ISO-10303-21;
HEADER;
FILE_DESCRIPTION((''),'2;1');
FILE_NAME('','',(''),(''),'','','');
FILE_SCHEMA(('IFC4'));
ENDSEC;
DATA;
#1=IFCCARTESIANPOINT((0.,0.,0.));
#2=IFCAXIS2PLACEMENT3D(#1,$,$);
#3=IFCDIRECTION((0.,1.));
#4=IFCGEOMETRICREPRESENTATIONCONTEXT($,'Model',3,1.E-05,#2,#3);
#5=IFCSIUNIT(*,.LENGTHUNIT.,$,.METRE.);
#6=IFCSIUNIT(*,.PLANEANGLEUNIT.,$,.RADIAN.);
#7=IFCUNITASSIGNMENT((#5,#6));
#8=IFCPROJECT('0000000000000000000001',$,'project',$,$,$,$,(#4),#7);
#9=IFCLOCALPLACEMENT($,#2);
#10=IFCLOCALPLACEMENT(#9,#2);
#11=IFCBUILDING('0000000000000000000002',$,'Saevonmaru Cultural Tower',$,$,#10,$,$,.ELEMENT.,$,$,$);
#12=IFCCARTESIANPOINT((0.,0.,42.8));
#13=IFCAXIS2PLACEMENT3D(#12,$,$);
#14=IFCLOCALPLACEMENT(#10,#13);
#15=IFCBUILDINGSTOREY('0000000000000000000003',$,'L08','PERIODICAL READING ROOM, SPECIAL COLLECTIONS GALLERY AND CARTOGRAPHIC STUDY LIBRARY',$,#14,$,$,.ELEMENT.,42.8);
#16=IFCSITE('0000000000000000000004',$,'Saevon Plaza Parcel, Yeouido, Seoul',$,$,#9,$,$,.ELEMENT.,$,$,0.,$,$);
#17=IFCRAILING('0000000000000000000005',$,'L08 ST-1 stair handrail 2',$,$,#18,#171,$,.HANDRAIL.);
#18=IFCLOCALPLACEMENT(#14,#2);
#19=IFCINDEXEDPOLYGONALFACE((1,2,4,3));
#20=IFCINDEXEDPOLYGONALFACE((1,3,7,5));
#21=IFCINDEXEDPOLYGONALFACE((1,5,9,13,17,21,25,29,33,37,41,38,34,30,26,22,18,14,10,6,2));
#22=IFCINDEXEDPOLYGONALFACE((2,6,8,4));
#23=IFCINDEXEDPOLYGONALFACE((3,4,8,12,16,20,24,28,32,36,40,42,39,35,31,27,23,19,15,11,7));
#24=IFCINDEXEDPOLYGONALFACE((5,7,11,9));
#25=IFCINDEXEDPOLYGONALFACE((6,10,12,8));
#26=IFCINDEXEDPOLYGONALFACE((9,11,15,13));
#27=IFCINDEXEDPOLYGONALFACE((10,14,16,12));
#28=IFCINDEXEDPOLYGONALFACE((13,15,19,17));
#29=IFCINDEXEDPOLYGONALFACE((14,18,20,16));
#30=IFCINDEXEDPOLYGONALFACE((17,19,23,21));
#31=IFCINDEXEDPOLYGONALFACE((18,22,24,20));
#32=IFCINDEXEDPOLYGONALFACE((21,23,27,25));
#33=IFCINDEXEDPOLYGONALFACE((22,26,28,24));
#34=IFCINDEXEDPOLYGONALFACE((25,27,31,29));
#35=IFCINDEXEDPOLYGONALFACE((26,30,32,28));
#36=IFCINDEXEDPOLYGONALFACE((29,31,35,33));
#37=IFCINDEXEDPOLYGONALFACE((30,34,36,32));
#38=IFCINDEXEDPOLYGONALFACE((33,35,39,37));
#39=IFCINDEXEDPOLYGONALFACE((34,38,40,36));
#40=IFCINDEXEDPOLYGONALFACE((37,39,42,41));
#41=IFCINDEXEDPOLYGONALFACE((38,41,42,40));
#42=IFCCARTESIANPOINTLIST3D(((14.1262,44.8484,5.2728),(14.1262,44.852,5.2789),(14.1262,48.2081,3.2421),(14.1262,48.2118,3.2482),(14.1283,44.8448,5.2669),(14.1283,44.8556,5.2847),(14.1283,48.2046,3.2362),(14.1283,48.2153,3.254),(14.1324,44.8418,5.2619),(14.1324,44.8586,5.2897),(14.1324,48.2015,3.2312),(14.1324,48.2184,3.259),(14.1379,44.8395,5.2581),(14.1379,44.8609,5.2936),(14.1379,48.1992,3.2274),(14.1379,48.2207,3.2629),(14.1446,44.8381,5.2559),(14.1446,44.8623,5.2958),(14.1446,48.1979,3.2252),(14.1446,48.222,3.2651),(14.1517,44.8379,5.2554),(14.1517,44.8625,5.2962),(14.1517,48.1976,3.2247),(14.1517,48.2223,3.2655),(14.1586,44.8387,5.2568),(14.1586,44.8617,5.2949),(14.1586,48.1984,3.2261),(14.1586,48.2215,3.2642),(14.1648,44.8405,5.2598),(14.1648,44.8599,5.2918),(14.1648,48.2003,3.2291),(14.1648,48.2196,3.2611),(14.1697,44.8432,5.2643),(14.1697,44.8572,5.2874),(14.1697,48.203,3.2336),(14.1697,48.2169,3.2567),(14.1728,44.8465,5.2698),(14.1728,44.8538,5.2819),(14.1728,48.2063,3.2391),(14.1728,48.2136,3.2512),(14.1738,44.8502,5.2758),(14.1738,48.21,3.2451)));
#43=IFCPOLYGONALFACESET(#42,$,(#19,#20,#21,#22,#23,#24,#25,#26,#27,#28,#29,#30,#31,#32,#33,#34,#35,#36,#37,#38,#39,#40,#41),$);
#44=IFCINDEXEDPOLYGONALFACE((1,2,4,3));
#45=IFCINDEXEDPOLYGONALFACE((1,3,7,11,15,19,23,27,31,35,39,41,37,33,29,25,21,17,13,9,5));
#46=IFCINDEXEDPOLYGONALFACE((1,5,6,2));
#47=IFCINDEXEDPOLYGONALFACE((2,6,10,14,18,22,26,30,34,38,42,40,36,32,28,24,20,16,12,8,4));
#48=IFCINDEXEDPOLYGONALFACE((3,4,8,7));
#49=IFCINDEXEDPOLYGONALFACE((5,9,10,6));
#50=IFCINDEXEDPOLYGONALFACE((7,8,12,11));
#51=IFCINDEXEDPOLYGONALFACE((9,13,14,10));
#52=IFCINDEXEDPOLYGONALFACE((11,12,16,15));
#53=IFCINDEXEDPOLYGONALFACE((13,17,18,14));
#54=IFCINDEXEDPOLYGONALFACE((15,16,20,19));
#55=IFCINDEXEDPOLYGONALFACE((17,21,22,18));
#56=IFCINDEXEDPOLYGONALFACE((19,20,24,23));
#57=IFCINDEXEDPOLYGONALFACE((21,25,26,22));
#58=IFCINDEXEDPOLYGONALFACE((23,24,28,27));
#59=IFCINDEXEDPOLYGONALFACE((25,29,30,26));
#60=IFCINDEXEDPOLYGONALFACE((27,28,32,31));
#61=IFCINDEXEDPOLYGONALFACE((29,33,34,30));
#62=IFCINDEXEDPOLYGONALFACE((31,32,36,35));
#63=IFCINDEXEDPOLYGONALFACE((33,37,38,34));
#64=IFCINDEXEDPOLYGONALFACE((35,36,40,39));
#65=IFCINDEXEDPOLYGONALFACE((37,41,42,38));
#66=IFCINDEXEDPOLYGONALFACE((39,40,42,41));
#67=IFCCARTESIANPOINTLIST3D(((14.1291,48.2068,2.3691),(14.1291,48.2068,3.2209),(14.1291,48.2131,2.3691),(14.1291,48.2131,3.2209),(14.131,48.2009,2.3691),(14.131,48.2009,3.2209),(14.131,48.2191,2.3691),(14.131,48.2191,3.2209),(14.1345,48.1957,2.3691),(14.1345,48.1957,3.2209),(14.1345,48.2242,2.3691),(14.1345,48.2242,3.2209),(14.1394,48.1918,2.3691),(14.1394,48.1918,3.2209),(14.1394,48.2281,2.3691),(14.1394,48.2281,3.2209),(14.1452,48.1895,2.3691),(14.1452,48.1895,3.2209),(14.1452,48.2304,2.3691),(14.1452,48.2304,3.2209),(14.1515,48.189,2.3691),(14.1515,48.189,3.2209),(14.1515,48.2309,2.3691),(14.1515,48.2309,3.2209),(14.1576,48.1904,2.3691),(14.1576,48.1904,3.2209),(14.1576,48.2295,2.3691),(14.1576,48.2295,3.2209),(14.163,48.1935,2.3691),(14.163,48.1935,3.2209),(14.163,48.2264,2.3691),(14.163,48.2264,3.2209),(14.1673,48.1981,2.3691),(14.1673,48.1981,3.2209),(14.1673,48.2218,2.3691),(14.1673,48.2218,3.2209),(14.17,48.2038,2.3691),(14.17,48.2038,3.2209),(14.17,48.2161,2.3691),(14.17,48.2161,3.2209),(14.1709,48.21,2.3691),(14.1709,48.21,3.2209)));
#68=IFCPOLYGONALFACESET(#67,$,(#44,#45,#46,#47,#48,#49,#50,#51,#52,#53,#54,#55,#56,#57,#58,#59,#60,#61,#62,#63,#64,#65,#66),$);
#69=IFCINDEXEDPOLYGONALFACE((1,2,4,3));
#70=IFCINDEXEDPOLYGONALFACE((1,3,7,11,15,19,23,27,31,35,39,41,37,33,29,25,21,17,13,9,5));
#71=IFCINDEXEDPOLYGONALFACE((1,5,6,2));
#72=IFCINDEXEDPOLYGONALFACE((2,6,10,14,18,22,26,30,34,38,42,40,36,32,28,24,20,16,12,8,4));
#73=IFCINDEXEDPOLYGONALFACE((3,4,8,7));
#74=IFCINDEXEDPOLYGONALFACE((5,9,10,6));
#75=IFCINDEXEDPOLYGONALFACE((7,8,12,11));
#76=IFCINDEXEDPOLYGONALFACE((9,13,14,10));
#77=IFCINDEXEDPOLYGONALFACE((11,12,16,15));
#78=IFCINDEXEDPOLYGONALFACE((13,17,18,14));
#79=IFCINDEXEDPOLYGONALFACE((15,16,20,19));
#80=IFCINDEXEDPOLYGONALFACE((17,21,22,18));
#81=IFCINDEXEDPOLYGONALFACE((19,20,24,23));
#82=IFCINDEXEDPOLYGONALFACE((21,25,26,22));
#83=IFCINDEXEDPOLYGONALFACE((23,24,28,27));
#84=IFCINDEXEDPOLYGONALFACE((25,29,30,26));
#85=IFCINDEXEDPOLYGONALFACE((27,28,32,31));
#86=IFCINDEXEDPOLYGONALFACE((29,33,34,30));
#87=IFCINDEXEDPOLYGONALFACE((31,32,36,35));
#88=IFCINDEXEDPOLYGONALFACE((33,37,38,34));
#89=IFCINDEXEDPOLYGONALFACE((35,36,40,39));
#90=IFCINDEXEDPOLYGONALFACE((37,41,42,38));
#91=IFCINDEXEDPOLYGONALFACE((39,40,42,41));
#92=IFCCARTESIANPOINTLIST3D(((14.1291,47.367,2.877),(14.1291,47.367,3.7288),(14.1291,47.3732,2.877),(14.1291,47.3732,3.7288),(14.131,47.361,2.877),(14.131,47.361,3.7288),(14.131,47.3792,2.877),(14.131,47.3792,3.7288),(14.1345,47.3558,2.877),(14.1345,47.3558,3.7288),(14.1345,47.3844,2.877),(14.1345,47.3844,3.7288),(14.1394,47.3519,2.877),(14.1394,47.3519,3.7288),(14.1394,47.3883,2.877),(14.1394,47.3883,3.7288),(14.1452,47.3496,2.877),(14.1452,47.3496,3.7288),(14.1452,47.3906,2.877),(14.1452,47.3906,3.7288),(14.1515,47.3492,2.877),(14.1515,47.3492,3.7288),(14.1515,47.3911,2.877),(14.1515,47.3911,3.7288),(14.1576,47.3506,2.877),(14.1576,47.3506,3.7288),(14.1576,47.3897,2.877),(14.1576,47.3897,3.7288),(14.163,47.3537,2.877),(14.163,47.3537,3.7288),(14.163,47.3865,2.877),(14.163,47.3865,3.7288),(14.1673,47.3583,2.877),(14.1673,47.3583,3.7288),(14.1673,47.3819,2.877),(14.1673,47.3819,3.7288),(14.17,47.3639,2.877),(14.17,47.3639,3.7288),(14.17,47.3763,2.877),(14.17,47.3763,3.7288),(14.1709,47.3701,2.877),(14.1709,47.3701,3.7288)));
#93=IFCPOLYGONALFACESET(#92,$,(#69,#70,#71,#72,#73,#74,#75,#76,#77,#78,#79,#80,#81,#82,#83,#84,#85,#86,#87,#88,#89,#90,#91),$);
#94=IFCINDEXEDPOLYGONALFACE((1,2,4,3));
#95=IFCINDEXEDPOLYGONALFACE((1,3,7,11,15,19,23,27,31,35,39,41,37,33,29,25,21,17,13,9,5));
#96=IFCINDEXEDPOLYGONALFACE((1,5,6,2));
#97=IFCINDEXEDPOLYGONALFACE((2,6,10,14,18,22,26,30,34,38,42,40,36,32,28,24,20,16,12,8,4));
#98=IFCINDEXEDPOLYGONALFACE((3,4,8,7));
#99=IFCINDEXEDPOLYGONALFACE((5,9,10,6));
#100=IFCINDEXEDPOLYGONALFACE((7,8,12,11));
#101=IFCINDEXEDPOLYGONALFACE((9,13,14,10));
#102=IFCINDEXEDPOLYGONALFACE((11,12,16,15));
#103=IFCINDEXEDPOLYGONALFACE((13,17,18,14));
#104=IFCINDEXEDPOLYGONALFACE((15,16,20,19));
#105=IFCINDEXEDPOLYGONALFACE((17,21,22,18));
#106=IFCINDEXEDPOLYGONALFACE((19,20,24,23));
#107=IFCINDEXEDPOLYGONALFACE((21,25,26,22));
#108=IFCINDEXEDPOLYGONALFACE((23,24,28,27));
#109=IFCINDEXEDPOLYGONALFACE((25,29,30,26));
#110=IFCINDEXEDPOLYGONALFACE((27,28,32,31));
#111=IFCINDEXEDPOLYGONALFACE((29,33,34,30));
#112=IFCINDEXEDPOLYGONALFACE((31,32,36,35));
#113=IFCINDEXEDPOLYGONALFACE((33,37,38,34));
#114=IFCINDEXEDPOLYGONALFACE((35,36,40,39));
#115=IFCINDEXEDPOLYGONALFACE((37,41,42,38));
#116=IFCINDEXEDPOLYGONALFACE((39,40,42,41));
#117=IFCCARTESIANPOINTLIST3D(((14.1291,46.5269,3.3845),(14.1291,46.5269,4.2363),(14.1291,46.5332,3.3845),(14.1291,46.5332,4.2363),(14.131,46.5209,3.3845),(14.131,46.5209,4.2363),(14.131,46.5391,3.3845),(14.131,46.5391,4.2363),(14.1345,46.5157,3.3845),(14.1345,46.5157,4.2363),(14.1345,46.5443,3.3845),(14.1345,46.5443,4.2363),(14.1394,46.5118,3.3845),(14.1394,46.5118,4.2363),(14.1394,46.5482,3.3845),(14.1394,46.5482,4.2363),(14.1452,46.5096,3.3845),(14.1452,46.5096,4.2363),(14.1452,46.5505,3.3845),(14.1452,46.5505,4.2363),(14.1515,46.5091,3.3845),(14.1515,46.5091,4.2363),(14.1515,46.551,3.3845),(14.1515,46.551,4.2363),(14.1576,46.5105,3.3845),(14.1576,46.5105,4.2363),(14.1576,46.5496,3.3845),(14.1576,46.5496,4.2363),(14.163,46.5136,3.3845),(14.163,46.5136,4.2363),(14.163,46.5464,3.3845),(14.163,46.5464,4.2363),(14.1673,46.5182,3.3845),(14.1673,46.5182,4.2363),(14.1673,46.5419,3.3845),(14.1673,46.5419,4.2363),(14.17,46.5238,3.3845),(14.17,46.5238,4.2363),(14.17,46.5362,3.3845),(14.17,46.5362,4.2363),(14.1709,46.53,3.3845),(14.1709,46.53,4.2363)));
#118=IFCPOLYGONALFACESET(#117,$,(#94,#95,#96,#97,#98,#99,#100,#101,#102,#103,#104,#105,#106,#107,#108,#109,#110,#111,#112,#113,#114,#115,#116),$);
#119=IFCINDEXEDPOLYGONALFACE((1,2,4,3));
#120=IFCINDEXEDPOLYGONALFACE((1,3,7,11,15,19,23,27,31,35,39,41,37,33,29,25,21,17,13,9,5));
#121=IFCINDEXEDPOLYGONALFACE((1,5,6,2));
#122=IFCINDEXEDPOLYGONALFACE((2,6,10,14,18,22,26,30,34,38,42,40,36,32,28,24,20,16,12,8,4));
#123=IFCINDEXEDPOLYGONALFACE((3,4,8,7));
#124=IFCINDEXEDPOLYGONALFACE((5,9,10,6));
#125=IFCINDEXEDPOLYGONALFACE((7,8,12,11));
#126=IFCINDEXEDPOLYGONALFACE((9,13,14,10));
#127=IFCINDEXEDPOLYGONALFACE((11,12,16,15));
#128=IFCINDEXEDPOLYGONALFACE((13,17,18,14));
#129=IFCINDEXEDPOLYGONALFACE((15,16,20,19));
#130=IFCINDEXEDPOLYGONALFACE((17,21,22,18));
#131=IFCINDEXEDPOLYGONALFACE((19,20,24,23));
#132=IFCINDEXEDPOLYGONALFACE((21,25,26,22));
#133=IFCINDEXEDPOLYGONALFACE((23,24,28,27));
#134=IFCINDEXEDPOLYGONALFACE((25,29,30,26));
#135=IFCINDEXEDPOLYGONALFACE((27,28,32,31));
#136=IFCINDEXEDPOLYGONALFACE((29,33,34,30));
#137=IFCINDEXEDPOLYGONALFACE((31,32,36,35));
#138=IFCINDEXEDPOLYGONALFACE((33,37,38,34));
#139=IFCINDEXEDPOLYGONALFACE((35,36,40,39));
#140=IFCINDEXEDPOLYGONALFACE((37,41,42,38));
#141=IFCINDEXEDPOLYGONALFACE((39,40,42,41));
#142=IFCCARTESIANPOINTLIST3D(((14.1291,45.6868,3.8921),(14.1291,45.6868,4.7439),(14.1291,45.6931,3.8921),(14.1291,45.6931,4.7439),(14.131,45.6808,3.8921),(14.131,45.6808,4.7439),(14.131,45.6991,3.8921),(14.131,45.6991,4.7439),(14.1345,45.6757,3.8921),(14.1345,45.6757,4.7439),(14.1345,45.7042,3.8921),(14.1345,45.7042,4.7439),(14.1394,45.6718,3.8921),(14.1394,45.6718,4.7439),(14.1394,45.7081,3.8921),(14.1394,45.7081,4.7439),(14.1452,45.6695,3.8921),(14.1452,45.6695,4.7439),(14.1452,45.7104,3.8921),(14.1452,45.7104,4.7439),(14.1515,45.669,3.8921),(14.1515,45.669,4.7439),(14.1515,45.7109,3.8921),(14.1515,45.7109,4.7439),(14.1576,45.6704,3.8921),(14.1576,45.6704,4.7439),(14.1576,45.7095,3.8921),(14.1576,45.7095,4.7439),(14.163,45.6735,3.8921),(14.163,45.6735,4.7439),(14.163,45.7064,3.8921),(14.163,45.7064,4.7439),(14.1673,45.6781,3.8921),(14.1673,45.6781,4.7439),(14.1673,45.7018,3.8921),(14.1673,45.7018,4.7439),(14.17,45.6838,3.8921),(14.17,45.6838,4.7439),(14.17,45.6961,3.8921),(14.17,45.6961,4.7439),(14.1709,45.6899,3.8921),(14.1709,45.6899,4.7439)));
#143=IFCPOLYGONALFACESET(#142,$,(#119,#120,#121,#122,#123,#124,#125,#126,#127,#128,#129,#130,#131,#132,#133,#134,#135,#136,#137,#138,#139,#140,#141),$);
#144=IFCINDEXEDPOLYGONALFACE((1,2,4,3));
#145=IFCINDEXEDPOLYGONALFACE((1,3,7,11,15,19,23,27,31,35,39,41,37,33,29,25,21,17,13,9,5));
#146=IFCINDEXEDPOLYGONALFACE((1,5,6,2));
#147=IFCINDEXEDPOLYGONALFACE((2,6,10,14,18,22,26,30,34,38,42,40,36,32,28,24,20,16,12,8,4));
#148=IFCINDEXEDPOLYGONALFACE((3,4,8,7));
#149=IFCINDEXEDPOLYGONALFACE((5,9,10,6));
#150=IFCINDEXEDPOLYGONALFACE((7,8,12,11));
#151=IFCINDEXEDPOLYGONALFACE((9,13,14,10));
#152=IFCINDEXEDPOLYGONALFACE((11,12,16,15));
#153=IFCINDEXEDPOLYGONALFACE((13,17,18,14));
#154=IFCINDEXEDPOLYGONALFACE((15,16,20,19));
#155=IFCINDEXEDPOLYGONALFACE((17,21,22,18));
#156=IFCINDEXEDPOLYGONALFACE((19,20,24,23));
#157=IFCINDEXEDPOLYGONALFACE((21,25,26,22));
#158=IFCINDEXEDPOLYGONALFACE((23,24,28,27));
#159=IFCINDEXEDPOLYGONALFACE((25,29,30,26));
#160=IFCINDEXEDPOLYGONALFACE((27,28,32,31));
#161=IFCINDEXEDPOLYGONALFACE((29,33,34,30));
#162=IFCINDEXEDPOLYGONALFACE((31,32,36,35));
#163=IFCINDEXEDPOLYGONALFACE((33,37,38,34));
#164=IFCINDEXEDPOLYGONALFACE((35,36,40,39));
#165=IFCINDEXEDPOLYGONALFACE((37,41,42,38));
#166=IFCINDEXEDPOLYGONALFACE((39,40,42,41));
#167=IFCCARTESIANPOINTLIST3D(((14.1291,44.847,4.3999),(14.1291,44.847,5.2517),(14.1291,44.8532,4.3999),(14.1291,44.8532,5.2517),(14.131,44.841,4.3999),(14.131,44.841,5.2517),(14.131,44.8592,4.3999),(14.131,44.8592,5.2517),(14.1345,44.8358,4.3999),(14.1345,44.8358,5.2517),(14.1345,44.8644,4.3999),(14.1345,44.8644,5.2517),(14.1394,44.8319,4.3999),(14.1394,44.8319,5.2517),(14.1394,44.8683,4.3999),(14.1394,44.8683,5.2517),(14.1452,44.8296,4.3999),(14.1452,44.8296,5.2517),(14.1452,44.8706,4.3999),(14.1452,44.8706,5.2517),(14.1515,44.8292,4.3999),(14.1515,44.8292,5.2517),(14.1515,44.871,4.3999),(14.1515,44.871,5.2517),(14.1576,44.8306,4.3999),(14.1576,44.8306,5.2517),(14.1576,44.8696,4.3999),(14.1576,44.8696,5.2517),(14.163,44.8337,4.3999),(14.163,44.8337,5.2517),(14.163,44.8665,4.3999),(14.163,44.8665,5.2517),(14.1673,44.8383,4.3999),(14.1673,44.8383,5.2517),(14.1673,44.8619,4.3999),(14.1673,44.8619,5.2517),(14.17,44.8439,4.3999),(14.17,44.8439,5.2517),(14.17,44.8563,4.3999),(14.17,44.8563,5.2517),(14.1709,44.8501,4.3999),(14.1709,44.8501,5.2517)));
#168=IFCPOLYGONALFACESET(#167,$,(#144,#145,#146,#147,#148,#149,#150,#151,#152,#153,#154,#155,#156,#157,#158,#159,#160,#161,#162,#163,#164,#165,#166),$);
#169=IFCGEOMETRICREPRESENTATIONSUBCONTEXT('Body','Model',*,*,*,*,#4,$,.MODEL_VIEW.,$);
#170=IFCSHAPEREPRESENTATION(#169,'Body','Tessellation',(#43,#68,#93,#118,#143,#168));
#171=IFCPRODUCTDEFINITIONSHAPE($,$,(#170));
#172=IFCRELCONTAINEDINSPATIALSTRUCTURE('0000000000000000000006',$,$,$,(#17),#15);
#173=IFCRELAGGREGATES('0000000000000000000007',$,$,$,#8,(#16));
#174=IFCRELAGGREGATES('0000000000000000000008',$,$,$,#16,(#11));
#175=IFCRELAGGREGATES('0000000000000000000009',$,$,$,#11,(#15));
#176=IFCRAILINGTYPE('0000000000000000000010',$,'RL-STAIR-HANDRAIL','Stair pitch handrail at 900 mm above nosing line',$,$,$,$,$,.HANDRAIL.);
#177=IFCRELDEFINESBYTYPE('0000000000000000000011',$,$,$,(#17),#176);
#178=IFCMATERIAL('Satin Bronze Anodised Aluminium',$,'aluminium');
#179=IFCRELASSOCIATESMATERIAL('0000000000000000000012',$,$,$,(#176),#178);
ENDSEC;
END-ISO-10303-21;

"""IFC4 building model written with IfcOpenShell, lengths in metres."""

from ifc_helpers import new_model, si_unit, direction, frame, origin, origin_2d, place, context, subcontext, project, spatial, circle, extrude, material, type_object, element, save


model = new_model("IFC4")

# Units and contexts
model_context = context("Model", 3, precision=1e-05, world=origin(), true_north=direction((0.0, 1.0)))
body_context = subcontext(model_context, "Body", "Model", "MODEL_VIEW")
ifc_project = project(units=[si_unit("LENGTHUNIT", "METRE"), si_unit("PLANEANGLEUNIT", "RADIAN")], contexts=[model_context])

# Site, building, storey
site_placement = place(None, origin())
site = spatial("IfcSite", under=ifc_project, at=site_placement, Name="Saevon Plaza Parcel, Yeouido, Seoul", CompositionType="ELEMENT", RefElevation=0.0)
building_placement = place(site_placement, origin())
building = spatial("IfcBuilding", under=site, at=building_placement, Name="Saevonmaru Cultural Tower", CompositionType="ELEMENT")
storey_placement = place(building_placement, frame((0.0, 0.0, 42.8)))
storey = spatial("IfcBuildingStorey", under=building, at=storey_placement, Name="L08", Description="PERIODICAL READING ROOM, SPECIAL COLLECTIONS GALLERY AND CARTOGRAPHIC STUDY LIBRARY", CompositionType="ELEMENT", Elevation=42.8)

# Shared definitions
ifc_material_1 = material(Name="Satin Bronze Anodised Aluminium", Category="aluminium")

# Railing
railing_type_1 = type_object("IfcRailingType", Name="RL-STAIR-HANDRAIL", Description="Stair pitch handrail at 900 mm above nosing line", PredefinedType="HANDRAIL", material=ifc_material_1)
railing_1_placement = place(storey_placement, frame((14.1499, 48.21, 2.3691)))
element("IfcRailing", 1, at=railing_1_placement, inside=storey, type_object=railing_type_1, Name="L08 ST-1 stair handrail 2", PredefinedType="HANDRAIL", context=body_context, shape_type="SweptSolid", body=[
    extrude(circle(Radius=0.0239, at=origin_2d()), frame((0.0, 0.0, 0.876), z_axis=(0.0, -0.85582, 0.517273), x_axis=(1.0, 0.0, 0.0)), (0.0, 0.0, 1.0), 3.9258),
    extrude(circle(Radius=0.021, at=origin_2d()), origin(), (0.0, 0.0, 1.0), 0.8518),
    extrude(circle(Radius=0.021, at=origin_2d()), frame((0.0, -0.8398, 0.5078)), (0.0, 0.0, 1.0), 0.8518),
    extrude(circle(Radius=0.021, at=origin_2d()), frame((0.0, -1.6799, 1.0154)), (0.0, 0.0, 1.0), 0.8518),
    extrude(circle(Radius=0.021, at=origin_2d()), frame((0.0, -2.52, 1.5229)), (0.0, 0.0, 1.0), 0.8518),
    extrude(circle(Radius=0.021, at=origin_2d()), frame((0.0, -3.3599, 2.0308)), (0.0, 0.0, 1.0), 0.8518),
])

save(model, "model.ifc")
